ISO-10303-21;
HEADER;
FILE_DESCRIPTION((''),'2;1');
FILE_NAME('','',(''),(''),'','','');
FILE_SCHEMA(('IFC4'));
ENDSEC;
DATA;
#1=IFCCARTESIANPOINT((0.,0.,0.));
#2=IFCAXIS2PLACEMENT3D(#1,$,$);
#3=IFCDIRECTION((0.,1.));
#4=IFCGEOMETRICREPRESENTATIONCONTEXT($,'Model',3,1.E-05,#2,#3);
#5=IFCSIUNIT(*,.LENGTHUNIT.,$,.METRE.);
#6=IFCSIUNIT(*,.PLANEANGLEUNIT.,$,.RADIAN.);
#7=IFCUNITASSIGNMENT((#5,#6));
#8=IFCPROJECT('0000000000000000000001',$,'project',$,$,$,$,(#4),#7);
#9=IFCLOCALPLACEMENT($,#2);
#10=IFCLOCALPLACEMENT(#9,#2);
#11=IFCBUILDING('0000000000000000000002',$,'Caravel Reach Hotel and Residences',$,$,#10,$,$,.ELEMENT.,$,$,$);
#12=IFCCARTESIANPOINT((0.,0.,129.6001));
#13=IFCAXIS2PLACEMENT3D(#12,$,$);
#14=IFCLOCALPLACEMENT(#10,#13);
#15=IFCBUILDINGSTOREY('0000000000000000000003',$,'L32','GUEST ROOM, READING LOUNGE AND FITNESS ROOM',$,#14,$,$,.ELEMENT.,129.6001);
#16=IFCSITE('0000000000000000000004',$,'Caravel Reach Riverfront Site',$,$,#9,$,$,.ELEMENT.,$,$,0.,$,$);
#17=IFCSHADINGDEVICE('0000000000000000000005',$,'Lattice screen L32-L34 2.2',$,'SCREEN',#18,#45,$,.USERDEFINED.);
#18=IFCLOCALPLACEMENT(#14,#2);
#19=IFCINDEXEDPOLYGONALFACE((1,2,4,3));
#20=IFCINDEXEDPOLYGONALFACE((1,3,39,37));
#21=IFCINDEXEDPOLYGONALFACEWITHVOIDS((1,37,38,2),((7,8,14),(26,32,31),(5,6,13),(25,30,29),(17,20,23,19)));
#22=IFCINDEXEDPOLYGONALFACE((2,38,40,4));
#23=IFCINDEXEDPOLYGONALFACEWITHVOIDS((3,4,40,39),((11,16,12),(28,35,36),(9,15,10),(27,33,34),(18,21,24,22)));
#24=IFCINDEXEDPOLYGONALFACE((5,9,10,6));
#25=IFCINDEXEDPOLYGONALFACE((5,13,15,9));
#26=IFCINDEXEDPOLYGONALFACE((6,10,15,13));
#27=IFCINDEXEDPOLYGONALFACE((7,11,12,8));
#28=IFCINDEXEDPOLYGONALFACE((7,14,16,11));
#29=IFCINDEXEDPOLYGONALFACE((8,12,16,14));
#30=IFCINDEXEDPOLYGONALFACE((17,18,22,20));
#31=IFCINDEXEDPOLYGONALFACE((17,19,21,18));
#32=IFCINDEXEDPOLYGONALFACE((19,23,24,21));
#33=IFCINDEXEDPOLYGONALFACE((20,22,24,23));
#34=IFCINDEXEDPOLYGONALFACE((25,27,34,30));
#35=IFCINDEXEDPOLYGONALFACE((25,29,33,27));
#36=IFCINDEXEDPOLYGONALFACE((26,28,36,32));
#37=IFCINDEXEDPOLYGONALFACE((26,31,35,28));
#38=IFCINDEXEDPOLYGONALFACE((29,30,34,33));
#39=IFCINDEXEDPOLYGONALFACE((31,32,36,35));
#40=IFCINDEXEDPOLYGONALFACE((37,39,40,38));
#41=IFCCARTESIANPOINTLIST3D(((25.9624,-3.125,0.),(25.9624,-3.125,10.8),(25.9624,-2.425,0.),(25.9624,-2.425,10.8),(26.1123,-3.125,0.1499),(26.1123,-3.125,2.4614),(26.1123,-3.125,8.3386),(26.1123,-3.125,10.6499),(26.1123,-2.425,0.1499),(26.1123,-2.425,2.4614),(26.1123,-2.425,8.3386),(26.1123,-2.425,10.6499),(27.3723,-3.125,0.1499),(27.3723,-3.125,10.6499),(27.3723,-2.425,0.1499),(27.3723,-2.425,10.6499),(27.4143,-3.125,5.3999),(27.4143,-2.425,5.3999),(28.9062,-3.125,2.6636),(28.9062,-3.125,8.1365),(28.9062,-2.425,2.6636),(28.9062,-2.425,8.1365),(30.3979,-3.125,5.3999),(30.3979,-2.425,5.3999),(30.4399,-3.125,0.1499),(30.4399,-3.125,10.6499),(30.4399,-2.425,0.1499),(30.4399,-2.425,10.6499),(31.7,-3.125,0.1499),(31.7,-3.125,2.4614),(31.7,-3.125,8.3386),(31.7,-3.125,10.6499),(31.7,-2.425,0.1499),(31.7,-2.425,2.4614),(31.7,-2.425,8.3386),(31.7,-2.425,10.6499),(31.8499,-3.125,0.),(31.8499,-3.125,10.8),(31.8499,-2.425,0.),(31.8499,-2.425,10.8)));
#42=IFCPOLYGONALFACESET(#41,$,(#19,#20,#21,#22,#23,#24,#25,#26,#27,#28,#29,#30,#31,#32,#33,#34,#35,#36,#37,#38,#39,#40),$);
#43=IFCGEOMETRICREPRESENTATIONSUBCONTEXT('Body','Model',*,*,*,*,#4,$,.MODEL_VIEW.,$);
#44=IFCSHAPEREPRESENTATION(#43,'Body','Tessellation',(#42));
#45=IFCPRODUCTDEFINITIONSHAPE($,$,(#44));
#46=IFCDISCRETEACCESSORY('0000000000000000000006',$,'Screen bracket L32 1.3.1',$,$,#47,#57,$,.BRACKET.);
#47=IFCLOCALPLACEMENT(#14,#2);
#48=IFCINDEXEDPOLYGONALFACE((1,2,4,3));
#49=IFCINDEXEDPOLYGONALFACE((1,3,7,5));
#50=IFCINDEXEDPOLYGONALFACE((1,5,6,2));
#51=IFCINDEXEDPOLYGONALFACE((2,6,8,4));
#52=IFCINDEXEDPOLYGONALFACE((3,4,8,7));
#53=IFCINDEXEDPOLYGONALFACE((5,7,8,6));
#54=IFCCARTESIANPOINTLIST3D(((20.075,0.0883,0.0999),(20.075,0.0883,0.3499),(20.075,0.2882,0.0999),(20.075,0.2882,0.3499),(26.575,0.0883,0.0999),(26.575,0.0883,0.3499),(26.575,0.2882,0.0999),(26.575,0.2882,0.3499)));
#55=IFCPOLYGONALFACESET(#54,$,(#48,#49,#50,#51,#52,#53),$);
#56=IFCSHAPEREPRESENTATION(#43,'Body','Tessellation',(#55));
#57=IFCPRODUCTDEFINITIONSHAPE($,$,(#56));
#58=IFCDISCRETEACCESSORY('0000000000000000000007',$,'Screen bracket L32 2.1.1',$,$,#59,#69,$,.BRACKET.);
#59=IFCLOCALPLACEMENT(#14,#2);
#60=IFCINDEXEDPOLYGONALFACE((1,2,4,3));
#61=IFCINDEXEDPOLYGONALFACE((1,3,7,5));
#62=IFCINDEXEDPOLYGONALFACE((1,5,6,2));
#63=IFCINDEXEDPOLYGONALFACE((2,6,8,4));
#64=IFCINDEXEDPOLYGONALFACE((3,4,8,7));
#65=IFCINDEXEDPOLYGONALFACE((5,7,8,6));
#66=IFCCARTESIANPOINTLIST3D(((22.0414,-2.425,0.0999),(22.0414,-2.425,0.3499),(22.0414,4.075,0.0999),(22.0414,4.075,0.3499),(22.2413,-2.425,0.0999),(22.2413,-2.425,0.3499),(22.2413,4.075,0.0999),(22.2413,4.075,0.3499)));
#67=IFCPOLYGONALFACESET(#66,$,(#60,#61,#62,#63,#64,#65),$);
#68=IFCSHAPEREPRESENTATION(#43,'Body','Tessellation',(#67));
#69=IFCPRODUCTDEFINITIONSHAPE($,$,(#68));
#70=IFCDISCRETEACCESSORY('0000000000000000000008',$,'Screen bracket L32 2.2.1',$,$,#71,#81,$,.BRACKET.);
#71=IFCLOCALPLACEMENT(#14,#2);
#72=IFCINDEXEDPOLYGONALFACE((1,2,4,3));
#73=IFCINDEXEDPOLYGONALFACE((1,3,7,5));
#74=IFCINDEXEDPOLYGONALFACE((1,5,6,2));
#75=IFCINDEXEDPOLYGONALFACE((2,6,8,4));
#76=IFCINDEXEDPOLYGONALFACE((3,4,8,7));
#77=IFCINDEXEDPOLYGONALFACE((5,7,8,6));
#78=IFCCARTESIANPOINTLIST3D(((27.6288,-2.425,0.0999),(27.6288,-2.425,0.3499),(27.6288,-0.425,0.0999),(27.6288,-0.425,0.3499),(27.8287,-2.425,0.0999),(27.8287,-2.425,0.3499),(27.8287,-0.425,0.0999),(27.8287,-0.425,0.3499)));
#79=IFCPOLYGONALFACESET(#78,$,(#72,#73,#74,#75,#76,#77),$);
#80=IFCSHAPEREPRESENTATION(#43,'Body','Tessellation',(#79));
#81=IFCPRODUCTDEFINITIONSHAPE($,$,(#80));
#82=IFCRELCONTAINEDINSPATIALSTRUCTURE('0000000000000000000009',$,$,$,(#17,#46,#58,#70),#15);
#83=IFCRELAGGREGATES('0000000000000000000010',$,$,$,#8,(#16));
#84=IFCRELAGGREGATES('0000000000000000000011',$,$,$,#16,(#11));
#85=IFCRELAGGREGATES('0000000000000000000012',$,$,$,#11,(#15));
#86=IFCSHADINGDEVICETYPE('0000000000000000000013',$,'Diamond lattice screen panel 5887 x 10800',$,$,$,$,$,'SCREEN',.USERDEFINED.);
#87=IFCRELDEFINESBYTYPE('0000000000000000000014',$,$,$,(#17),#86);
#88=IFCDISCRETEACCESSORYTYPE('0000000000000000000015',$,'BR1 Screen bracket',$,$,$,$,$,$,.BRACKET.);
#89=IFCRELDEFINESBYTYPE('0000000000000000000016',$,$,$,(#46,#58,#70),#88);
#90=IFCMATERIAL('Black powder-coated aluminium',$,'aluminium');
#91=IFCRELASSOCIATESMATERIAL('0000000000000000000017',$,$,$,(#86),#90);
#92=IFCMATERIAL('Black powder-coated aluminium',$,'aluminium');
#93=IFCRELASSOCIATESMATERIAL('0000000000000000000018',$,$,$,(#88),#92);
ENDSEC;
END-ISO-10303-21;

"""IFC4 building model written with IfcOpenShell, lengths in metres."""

from ifc_helpers import new_model, si_unit, direction, frame, origin, origin_2d, place, context, subcontext, project, spatial, polyline, rectangle, outline, extrude, material, type_object, element, save


model = new_model("IFC4")

# Units and contexts
model_context = context("Model", 3, precision=1e-05, world=origin(), true_north=direction((0.0, 1.0)))
body_context = subcontext(model_context, "Body", "Model", "MODEL_VIEW")
ifc_project = project(units=[si_unit("LENGTHUNIT", "METRE"), si_unit("PLANEANGLEUNIT", "RADIAN")], contexts=[model_context])

# Site, building, storey
site_placement = place(None, origin())
site = spatial("IfcSite", under=ifc_project, at=site_placement, Name="Caravel Reach Riverfront Site", CompositionType="ELEMENT", RefElevation=0.0)
building_placement = place(site_placement, origin())
building = spatial("IfcBuilding", under=site, at=building_placement, Name="Caravel Reach Hotel and Residences", CompositionType="ELEMENT")
storey_placement = place(building_placement, frame((0.0, 0.0, 129.6001)))
storey = spatial("IfcBuildingStorey", under=building, at=storey_placement, Name="L32", Description="GUEST ROOM, READING LOUNGE AND FITNESS ROOM", CompositionType="ELEMENT", Elevation=129.6001)

# Shading device
ifc_material_1 = material(Name="Black powder-coated aluminium", Category="aluminium")
shading_device_type_1 = type_object("IfcShadingDeviceType", Name="Diamond lattice screen panel 5887 x 10800", ElementType="SCREEN", PredefinedType="USERDEFINED", material=ifc_material_1)
for number, where, z_axis, x_axis, name in (
    (1, (25.9624, -2.425, 0.0), (0.0, -1.0, 0.0), (1.0, 0.0, 0.0), "Lattice screen L32-L34 2.2"),
):
    element("IfcShadingDevice", number, at=place(storey_placement, frame(where, z_axis=z_axis, x_axis=x_axis)), inside=storey, type_object=shading_device_type_1, Name=name, ObjectType="SCREEN", PredefinedType="USERDEFINED", context=body_context, shape_type="SweptSolid", body=[
        extrude(outline(polyline([(0.0, 0.0), (5.8875, 0.0), (5.8875, 10.8), (0.0, 10.8), (0.0, 0.0)]), holes=[polyline([(1.4099, 0.1499), (0.1499, 2.4614), (0.1499, 0.1499), (1.4099, 0.1499)]), polyline([(0.1499, 8.3386), (1.4099, 10.6499), (0.1499, 10.6499), (0.1499, 8.3386)]), polyline([(2.9438, 8.1365), (1.4519, 5.3999), (2.9438, 2.6636), (4.4355, 5.3999), (2.9438, 8.1365)]), polyline([(5.7375, 2.4614), (4.4775, 0.1499), (5.7375, 0.1499), (5.7375, 2.4614)]), polyline([(4.4775, 10.6499), (5.7375, 8.3386), (5.7375, 10.6499), (4.4775, 10.6499)])]), origin(), (0.0, 0.0, 1.0), 0.7),
    ])

# Discrete accessories
ifc_material_2 = material(Name="Black powder-coated aluminium", Category="aluminium")
discrete_accessory_type = type_object("IfcDiscreteAccessoryType", Name="BR1 Screen bracket", PredefinedType="BRACKET", material=ifc_material_2)
for number, where, z_axis, x_axis, name in (
    (2, (23.325, 0.1882, 0.0999), (0.0, 0.0, 1.0), (-1.0, 0.0, 0.0), "Screen bracket L32 1.3.1"),
    (3, (22.1414, 0.825, 0.0999), (0.0, 0.0, 1.0), (0.0, -1.0, 0.0), "Screen bracket L32 2.1.1"),
):
    element("IfcDiscreteAccessory", number, at=place(storey_placement, frame(where, z_axis=z_axis, x_axis=x_axis)), inside=storey, type_object=discrete_accessory_type, Name=name, PredefinedType="BRACKET", context=body_context, shape_type="SweptSolid", body=[
        extrude(rectangle(XDim=6.5, YDim=0.2, at=origin_2d()), origin(), (0.0, 0.0, 1.0), 0.25),
    ])
discrete_accessory_placement = place(storey_placement, frame((27.7288, -1.425, 0.0999), z_axis=(0.0, 0.0, 1.0), x_axis=(0.0, -1.0, 0.0)))
element("IfcDiscreteAccessory", 4, at=discrete_accessory_placement, inside=storey, type_object=discrete_accessory_type, Name="Screen bracket L32 2.2.1", PredefinedType="BRACKET", context=body_context, shape_type="SweptSolid", body=[
    extrude(rectangle(XDim=2.0, YDim=0.2, at=origin_2d()), origin(), (0.0, 0.0, 1.0), 0.25),
])

save(model, "model.ifc")
